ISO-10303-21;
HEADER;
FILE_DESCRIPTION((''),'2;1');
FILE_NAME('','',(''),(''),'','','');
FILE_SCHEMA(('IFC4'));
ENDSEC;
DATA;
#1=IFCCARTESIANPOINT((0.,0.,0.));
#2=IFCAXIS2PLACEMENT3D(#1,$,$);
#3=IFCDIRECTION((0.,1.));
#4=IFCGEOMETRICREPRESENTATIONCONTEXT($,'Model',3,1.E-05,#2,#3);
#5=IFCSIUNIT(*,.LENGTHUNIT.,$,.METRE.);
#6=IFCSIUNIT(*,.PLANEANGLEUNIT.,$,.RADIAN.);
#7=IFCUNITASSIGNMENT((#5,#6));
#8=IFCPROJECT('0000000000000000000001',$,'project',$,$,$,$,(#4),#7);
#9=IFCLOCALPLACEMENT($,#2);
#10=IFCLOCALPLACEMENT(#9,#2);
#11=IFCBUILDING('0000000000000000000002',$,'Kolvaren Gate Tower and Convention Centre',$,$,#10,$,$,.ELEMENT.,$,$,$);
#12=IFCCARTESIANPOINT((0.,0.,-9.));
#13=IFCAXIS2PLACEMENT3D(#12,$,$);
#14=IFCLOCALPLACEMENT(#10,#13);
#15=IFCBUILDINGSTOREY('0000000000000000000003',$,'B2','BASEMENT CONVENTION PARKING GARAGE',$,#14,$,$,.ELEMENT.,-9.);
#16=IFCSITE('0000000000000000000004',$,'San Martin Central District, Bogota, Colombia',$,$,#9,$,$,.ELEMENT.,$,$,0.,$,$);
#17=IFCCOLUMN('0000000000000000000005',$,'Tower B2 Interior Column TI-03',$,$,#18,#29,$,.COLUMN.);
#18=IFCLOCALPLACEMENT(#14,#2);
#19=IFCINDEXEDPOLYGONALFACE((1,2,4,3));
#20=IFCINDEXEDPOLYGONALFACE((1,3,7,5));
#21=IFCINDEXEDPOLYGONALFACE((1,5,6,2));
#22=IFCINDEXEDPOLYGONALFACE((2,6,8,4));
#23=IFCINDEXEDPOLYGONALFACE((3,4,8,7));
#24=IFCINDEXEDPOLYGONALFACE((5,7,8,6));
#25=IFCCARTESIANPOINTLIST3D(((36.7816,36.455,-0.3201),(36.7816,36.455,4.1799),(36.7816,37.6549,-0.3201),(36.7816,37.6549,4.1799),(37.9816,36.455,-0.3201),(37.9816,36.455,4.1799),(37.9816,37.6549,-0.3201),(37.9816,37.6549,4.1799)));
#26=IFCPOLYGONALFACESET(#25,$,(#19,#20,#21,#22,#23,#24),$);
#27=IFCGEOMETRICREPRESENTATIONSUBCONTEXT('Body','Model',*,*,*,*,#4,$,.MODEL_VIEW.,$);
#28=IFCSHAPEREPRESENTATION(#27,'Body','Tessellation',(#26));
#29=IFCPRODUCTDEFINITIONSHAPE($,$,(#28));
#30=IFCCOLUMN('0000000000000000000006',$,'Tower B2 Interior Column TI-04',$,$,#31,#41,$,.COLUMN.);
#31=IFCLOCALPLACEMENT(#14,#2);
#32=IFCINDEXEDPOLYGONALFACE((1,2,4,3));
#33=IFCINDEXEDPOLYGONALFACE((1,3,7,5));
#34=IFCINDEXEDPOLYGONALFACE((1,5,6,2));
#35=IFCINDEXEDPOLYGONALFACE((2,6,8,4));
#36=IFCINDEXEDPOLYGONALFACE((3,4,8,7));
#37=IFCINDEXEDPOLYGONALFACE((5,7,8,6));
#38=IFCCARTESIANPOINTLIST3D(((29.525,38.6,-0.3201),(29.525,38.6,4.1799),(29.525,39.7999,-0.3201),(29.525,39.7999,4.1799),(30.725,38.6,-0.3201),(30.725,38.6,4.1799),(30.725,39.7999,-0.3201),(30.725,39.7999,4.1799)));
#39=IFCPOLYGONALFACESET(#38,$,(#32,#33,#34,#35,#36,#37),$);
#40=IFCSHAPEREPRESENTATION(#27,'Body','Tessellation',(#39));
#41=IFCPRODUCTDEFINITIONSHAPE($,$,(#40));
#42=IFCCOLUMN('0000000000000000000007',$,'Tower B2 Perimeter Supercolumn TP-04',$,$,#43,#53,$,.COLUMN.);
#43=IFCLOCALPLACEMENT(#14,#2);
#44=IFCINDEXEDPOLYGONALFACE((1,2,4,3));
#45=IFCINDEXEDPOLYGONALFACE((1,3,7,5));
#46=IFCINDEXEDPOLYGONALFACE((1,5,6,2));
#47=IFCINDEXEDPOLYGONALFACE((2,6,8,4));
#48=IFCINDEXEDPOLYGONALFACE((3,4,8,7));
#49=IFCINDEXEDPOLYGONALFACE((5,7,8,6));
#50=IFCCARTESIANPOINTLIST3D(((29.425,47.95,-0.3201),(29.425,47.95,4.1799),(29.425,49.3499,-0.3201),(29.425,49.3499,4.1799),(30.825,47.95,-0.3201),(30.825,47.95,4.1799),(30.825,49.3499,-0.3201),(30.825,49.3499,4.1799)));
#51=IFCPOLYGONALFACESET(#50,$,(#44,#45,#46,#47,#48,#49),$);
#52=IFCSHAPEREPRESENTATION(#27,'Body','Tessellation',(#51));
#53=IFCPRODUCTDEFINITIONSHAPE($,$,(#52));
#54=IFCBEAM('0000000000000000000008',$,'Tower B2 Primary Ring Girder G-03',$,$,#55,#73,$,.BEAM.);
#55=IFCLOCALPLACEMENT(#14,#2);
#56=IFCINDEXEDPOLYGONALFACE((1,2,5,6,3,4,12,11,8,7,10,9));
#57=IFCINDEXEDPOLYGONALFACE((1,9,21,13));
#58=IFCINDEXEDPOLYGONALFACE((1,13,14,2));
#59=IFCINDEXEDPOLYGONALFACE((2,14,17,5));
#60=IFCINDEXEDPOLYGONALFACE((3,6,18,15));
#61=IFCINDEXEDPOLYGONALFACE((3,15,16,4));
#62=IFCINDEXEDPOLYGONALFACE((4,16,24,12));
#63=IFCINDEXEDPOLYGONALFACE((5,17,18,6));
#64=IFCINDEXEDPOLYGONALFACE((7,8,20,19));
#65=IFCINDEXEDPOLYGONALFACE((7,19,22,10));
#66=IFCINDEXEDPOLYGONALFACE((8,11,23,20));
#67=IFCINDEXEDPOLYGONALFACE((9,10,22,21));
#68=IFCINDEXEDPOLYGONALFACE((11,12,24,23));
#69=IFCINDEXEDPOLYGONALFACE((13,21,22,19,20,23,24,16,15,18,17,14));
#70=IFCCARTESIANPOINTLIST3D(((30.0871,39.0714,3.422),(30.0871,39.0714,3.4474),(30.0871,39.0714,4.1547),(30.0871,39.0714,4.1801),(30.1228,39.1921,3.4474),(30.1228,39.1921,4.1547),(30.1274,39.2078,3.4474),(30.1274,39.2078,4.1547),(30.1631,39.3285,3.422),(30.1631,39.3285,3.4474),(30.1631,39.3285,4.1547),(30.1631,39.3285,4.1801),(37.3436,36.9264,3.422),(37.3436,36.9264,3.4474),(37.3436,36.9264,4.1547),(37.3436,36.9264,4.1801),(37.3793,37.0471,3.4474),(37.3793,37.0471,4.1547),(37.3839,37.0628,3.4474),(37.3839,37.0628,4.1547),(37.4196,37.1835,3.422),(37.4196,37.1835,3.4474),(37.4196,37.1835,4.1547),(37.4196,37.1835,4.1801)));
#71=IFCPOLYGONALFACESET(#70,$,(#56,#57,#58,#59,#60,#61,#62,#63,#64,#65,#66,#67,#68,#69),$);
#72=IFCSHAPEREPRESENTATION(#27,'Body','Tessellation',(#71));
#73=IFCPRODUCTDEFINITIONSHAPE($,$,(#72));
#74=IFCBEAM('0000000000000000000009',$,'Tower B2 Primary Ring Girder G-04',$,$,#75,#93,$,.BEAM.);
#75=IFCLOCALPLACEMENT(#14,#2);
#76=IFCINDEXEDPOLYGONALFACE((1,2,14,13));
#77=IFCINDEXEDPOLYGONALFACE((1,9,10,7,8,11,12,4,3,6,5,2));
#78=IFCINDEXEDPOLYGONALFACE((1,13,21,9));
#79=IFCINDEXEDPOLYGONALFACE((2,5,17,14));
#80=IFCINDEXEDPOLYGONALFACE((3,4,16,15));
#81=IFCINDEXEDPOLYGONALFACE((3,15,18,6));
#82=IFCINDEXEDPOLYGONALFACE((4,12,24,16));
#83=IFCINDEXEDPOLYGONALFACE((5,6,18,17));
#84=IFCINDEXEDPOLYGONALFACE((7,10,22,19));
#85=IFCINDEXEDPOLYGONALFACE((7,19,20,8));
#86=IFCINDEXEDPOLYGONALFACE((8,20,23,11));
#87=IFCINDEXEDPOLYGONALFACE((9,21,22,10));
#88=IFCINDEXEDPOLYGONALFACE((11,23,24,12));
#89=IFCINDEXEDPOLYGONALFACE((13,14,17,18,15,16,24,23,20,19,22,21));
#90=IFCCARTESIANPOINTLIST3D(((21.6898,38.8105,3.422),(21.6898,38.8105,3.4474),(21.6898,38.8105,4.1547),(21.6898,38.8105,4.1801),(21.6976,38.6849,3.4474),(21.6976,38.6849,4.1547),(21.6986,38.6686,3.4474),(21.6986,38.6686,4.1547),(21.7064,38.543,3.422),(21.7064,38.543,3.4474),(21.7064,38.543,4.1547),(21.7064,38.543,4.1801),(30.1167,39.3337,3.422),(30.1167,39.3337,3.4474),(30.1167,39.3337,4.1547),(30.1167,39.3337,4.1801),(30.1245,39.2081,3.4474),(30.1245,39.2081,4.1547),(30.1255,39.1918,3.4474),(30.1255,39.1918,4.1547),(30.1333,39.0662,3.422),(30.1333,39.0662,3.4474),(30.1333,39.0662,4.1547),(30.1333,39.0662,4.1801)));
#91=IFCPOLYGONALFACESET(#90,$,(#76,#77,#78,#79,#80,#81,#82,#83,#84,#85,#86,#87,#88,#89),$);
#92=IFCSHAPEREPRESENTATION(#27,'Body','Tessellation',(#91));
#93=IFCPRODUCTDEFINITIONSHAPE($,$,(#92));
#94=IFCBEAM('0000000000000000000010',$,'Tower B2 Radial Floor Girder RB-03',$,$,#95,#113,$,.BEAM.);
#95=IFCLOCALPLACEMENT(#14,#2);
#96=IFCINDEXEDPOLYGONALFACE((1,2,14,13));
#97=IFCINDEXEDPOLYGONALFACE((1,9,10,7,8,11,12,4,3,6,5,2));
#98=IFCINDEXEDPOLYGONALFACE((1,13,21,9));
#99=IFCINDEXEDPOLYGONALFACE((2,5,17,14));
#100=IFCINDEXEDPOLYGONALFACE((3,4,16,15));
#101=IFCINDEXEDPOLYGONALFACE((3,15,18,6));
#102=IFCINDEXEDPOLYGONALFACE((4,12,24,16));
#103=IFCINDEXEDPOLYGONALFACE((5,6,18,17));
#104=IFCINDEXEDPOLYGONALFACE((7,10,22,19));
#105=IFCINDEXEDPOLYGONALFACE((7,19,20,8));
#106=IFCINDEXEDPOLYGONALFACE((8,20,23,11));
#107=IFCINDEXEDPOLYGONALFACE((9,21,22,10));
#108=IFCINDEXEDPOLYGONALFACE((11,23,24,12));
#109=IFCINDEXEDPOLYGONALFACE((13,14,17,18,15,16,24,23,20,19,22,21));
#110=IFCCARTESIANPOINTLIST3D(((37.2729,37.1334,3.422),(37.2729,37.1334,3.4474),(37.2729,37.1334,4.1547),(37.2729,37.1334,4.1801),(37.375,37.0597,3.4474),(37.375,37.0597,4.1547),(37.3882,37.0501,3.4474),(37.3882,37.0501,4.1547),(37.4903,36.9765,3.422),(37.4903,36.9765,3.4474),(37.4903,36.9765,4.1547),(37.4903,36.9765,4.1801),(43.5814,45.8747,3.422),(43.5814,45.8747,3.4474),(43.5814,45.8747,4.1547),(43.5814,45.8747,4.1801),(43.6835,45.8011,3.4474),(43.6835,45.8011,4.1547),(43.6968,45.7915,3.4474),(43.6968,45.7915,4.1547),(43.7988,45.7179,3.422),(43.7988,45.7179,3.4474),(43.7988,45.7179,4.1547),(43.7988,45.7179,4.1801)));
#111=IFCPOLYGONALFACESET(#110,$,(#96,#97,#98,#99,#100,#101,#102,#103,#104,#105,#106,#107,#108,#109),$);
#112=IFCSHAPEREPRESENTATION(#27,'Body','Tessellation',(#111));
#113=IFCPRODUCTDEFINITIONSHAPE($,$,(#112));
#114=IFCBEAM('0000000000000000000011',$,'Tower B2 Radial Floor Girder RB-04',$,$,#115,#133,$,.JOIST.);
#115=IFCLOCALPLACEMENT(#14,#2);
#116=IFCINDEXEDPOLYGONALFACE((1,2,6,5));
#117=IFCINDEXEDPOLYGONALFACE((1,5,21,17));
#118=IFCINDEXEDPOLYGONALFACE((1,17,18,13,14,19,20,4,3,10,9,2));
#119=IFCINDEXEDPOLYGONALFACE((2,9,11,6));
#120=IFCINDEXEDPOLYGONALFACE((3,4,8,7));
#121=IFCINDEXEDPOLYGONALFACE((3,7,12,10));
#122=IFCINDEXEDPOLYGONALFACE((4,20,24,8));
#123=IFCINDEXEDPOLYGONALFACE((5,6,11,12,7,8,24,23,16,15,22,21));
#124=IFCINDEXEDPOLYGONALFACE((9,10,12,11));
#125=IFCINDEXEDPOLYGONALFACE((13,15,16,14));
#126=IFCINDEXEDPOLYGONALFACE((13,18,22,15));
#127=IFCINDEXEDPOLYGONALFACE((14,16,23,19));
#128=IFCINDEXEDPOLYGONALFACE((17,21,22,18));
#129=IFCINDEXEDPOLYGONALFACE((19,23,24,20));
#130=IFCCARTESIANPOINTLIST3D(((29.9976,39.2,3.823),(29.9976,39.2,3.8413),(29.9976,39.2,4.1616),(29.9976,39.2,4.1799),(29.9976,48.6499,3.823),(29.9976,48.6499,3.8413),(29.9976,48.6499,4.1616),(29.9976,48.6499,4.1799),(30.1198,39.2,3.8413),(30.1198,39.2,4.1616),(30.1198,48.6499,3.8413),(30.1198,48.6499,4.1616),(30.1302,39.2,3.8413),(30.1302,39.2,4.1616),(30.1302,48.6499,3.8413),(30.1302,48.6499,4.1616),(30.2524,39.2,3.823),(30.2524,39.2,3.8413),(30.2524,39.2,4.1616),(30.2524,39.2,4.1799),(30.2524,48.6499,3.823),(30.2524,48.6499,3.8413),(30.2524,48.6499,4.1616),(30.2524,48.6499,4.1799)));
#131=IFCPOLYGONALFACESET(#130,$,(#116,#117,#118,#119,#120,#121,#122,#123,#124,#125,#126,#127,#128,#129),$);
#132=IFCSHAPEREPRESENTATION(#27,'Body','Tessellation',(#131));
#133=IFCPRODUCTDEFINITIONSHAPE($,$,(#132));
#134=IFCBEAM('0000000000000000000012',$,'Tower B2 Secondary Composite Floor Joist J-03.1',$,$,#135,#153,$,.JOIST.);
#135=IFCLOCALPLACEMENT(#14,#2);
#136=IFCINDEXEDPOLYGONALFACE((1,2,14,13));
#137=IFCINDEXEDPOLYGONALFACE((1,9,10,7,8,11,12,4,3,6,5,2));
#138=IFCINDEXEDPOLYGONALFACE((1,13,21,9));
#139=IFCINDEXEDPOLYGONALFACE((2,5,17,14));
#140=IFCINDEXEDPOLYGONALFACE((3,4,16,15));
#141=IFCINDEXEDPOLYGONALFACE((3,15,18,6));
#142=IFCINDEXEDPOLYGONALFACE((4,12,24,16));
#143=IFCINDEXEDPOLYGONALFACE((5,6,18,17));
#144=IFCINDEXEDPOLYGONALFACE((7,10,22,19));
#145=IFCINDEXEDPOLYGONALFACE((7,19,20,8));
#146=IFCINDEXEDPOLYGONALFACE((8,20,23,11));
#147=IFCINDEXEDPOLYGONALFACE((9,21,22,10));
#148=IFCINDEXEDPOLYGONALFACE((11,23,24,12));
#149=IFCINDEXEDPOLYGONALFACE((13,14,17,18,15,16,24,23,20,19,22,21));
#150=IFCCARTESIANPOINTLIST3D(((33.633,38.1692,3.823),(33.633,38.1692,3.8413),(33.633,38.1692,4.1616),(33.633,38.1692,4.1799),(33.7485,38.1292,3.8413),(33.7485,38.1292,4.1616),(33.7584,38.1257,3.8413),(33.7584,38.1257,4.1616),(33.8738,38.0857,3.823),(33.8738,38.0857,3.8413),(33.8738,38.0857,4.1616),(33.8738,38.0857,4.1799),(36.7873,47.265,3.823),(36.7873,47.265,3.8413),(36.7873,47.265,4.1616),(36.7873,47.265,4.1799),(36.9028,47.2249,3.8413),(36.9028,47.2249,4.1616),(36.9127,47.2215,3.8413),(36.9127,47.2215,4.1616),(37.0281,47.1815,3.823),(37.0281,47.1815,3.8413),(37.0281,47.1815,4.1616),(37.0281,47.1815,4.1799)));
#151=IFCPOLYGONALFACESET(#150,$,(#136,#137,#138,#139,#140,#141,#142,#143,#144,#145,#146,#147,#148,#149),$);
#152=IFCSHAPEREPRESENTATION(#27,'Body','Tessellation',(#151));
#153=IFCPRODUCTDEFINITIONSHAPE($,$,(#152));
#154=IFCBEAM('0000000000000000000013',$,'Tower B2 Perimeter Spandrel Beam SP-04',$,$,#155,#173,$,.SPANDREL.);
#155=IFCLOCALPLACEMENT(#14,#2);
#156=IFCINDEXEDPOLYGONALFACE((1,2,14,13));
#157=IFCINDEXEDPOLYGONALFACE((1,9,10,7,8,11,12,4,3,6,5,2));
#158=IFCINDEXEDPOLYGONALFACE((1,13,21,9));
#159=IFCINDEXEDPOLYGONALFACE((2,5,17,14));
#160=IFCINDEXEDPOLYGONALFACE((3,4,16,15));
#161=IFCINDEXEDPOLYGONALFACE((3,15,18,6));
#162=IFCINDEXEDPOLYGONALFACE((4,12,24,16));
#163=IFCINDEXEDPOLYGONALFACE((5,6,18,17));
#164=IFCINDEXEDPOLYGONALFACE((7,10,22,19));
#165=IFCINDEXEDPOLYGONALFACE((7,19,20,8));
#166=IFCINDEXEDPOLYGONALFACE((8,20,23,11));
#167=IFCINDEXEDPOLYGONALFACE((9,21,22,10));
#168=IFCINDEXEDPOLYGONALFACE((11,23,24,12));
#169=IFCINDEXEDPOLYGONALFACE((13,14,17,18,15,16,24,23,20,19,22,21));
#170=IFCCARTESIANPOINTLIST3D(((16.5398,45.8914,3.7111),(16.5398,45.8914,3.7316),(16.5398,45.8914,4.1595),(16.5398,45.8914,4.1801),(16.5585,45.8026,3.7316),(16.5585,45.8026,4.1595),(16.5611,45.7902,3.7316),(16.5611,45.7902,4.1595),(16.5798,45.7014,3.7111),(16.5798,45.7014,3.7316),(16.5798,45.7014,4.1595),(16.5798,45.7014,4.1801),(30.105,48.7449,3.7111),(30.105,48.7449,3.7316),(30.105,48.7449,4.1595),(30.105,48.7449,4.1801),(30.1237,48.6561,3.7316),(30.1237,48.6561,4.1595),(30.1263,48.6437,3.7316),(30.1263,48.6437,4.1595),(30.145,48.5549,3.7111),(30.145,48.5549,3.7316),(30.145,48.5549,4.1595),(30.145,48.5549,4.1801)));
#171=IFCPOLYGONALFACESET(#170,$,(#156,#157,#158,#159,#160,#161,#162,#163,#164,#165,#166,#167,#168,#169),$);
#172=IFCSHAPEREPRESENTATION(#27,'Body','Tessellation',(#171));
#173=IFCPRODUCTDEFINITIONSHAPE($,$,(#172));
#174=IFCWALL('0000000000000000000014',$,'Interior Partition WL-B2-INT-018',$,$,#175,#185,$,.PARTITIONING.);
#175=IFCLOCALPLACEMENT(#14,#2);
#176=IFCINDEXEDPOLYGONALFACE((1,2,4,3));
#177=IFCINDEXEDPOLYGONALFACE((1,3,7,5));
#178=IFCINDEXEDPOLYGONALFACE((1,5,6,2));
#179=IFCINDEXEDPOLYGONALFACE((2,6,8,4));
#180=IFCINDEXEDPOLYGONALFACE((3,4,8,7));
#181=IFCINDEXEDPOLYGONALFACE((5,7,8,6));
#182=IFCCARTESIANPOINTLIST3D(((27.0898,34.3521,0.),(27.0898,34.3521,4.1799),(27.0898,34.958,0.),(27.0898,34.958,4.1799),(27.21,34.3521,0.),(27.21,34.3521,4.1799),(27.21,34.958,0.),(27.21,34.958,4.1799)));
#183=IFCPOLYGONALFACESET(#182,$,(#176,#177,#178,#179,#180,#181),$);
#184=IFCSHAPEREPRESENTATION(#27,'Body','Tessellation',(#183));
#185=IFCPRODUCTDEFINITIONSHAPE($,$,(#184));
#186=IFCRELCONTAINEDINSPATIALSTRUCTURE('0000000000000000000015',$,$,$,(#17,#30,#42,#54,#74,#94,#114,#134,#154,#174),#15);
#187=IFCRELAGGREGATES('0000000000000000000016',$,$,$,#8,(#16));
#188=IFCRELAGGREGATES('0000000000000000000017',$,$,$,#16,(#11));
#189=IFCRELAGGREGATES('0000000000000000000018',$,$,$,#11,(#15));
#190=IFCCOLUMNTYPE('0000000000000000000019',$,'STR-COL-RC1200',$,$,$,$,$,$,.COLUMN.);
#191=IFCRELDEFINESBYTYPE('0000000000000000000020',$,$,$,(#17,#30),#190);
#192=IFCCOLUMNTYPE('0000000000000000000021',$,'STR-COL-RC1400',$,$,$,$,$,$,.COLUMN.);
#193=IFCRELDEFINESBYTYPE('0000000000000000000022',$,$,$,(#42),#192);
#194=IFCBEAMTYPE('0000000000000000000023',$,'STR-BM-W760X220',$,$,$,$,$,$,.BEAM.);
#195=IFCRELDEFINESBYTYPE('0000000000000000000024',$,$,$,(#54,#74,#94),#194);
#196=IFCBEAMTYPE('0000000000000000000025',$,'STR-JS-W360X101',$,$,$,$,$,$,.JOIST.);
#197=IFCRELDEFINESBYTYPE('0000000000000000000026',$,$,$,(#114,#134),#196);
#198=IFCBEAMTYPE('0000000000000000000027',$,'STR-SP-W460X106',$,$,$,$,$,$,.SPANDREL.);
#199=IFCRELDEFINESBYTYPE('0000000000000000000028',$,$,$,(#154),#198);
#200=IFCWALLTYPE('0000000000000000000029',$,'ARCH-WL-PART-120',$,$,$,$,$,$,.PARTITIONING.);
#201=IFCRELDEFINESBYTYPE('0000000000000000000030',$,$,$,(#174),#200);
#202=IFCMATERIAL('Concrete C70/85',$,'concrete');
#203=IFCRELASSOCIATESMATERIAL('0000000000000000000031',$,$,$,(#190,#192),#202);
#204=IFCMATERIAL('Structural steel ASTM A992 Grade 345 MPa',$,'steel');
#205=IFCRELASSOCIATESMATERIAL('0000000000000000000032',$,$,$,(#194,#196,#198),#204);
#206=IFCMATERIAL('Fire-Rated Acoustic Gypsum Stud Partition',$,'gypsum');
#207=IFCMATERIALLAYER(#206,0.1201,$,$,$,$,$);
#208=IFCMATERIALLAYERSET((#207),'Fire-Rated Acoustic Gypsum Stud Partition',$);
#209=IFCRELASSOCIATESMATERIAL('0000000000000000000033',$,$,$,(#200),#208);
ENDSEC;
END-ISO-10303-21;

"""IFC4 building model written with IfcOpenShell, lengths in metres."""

from ifc_helpers import new_model, si_unit, direction, frame, frame_2d, origin, origin_2d, place, context, subcontext, project, spatial, rectangle, i_section, extrude, material, layer, layer_set, material_profile, profile_set, type_object, element, save


model = new_model("IFC4")

# Units and contexts
model_context = context("Model", 3, precision=1e-05, world=origin(), true_north=direction((0.0, 1.0)))
body_context = subcontext(model_context, "Body", "Model", "MODEL_VIEW")
ifc_project = project(units=[si_unit("LENGTHUNIT", "METRE"), si_unit("PLANEANGLEUNIT", "RADIAN")], contexts=[model_context])

# Site, building, storey
site_placement = place(None, origin())
site = spatial("IfcSite", under=ifc_project, at=site_placement, Name="San Martin Central District, Bogota, Colombia", CompositionType="ELEMENT", RefElevation=0.0)
building_placement = place(site_placement, origin())
building = spatial("IfcBuilding", under=site, at=building_placement, Name="Kolvaren Gate Tower and Convention Centre", CompositionType="ELEMENT")
storey_placement = place(building_placement, frame((0.0, 0.0, -9.0)))
storey = spatial("IfcBuildingStorey", under=building, at=storey_placement, Name="B2", Description="BASEMENT CONVENTION PARKING GARAGE", CompositionType="ELEMENT", Elevation=-9.0)

# Columns
ifc_material_1 = material(Name="Concrete C70/85", Category="concrete")
ifc_material_profile_1 = material_profile(ifc_material_1, rectangle(XDim=1.2, YDim=1.2, at=origin_2d()), Name="RC-COL-1200X1200")
ifc_profile_set_1 = profile_set([ifc_material_profile_1], Name="Concrete C70/85")
column_type_1 = type_object("IfcColumnType", Name="STR-COL-RC1200", PredefinedType="COLUMN", material=ifc_profile_set_1)
for number, where, z_axis, x_axis, name in (
    (1, (37.3816, 37.0549, -0.3201), (0.0, 0.0, 1.0), (1.0, 0.0, 0.0), "Tower B2 Interior Column TI-03"),
    (2, (30.125, 39.2, -0.3201), (0.0, 0.0, 1.0), (1.0, 0.0, 0.0), "Tower B2 Interior Column TI-04"),
):
    element("IfcColumn", number, at=place(storey_placement, frame(where, z_axis=z_axis, x_axis=x_axis)), inside=storey, type_object=column_type_1, Name=name, PredefinedType="COLUMN", context=body_context, shape_type="SweptSolid", body=[
        extrude(rectangle(XDim=1.2, YDim=1.2, at=origin_2d()), origin(), (0.0, 0.0, 1.0), 4.5),
    ])
ifc_material_profile_2 = material_profile(ifc_material_1, rectangle(XDim=1.3999, YDim=1.3999, at=origin_2d()), Name="RC-COL-1400X1400")
ifc_profile_set_2 = profile_set([ifc_material_profile_2], Name="Concrete C70/85")
column_type_2 = type_object("IfcColumnType", Name="STR-COL-RC1400", PredefinedType="COLUMN", material=ifc_profile_set_2)
column_placement = place(storey_placement, frame((30.125, 48.6499, -0.3201), z_axis=(0.0, 0.0, 1.0), x_axis=(1.0, 0.0, 0.0)))
element("IfcColumn", 3, at=column_placement, inside=storey, type_object=column_type_2, Name="Tower B2 Perimeter Supercolumn TP-04", PredefinedType="COLUMN", context=body_context, shape_type="SweptSolid", body=[
    extrude(rectangle(XDim=1.3999, YDim=1.3999, at=origin_2d()), origin(), (0.0, 0.0, 1.0), 4.5),
])

# Beams
ifc_material_2 = material(Name="Structural steel ASTM A992 Grade 345 MPa", Category="steel")
ifc_material_profile_3 = material_profile(ifc_material_2, i_section(OverallWidth=0.2681, OverallDepth=0.7581, WebThickness=0.0164, FlangeThickness=0.0254, at=origin_2d()), Name="W760X220")
ifc_profile_set_3 = profile_set([ifc_material_profile_3], Name="Structural steel ASTM A992 Grade 345 MPa")
beam_type_1 = type_object("IfcBeamType", Name="STR-BM-W760X220", PredefinedType="BEAM", material=ifc_profile_set_3)
beam_1_placement = place(storey_placement, frame((37.3816, 37.0549, 3.801), z_axis=(-0.958981, 0.283471, 0.0), x_axis=(-0.283471, -0.958981, 0.0)))
element("IfcBeam", 4, at=beam_1_placement, inside=storey, type_object=beam_type_1, Name="Tower B2 Primary Ring Girder G-03", PredefinedType="BEAM", context=body_context, shape_type="SweptSolid", body=[
    extrude(i_section(OverallWidth=0.2681, OverallDepth=0.7581, WebThickness=0.0164, FlangeThickness=0.0254, at=origin_2d()), origin(), (0.0, 0.0, 1.0), 7.5669),
])
beam_2_placement = place(storey_placement, frame((30.125, 39.2, 3.801), z_axis=(-0.998078, -0.061966, 0.0), x_axis=(0.061966, -0.998078, 0.0)))
element("IfcBeam", 5, at=beam_2_placement, inside=storey, type_object=beam_type_1, Name="Tower B2 Primary Ring Girder G-04", PredefinedType="BEAM", context=body_context, shape_type="SweptSolid", body=[
    extrude(i_section(OverallWidth=0.2681, OverallDepth=0.7581, WebThickness=0.0164, FlangeThickness=0.0254, at=origin_2d()), origin(), (0.0, 0.0, 1.0), 8.4431),
])
beam_3_placement = place(storey_placement, frame((37.3816, 37.0549, 3.801), z_axis=(0.585205, 0.810885, 0.0), x_axis=(-0.810885, 0.585205, 0.0)))
element("IfcBeam", 6, at=beam_3_placement, inside=storey, type_object=beam_type_1, Name="Tower B2 Radial Floor Girder RB-03", PredefinedType="BEAM", context=body_context, shape_type="SweptSolid", body=[
    extrude(i_section(OverallWidth=0.2681, OverallDepth=0.7581, WebThickness=0.0164, FlangeThickness=0.0254, at=origin_2d()), origin(), (0.0, 0.0, 1.0), 10.78),
])
ifc_material_profile_4 = material_profile(ifc_material_2, i_section(OverallWidth=0.2549, OverallDepth=0.3569, WebThickness=0.0105, FlangeThickness=0.0183, at=origin_2d()), Name="W360X101")
ifc_profile_set_4 = profile_set([ifc_material_profile_4], Name="Structural steel ASTM A992 Grade 345 MPa")
beam_type_2 = type_object("IfcBeamType", Name="STR-JS-W360X101", PredefinedType="JOIST", material=ifc_profile_set_4)
beam_4_placement = place(storey_placement, frame((30.125, 39.2, 4.0015), z_axis=(0.0, 1.0, 0.0), x_axis=(-1.0, 0.0, 0.0)))
element("IfcBeam", 7, at=beam_4_placement, inside=storey, type_object=beam_type_2, Name="Tower B2 Radial Floor Girder RB-04", PredefinedType="JOIST", context=body_context, shape_type="SweptSolid", body=[
    extrude(i_section(OverallWidth=0.2549, OverallDepth=0.3569, WebThickness=0.0105, FlangeThickness=0.0183, at=origin_2d()), origin(), (0.0, 0.0, 1.0), 9.45),
])
beam_5_placement = place(storey_placement, frame((33.7534, 38.1274, 4.0015), z_axis=(0.327647, 0.9448, 0.0), x_axis=(-0.9448, 0.327647, 0.0)))
element("IfcBeam", 8, at=beam_5_placement, inside=storey, type_object=beam_type_2, Name="Tower B2 Secondary Composite Floor Joist J-03.1", PredefinedType="JOIST", context=body_context, shape_type="SweptSolid", body=[
    extrude(i_section(OverallWidth=0.2549, OverallDepth=0.3569, WebThickness=0.0105, FlangeThickness=0.0183, at=origin_2d()), origin(), (0.0, 0.0, 1.0), 9.6272),
])
ifc_material_profile_5 = material_profile(ifc_material_2, i_section(OverallWidth=0.1941, OverallDepth=0.469, WebThickness=0.0127, FlangeThickness=0.0205, at=origin_2d()), Name="W460X106")
ifc_profile_set_5 = profile_set([ifc_material_profile_5], Name="Structural steel ASTM A992 Grade 345 MPa")
beam_type_3 = type_object("IfcBeamType", Name="STR-SP-W460X106", PredefinedType="SPANDREL", material=ifc_profile_set_5)
beam_6_placement = place(storey_placement, frame((30.125, 48.6499, 3.9456), z_axis=(-0.978583, -0.205851, 0.0), x_axis=(0.205851, -0.978583, 0.0)))
element("IfcBeam", 9, at=beam_6_placement, inside=storey, type_object=beam_type_3, Name="Tower B2 Perimeter Spandrel Beam SP-04", PredefinedType="SPANDREL", context=body_context, shape_type="SweptSolid", body=[
    extrude(i_section(OverallWidth=0.1941, OverallDepth=0.469, WebThickness=0.0127, FlangeThickness=0.0205, at=origin_2d()), origin(), (0.0, 0.0, 1.0), 13.8621),
])

# Wall
ifc_material_3 = material(Name="Fire-Rated Acoustic Gypsum Stud Partition", Category="gypsum")
ifc_layer_1 = layer(ifc_material_3, 0.1201)
ifc_layer_set_1 = layer_set([ifc_layer_1], Name="Fire-Rated Acoustic Gypsum Stud Partition")
wall_type_1 = type_object("IfcWallType", Name="ARCH-WL-PART-120", PredefinedType="PARTITIONING", material=ifc_layer_set_1)
wall_1_placement = place(storey_placement, frame((27.1499, 34.3521, 0.0), z_axis=(0.0, 0.0, 1.0), x_axis=(0.0, 1.0, 0.0)))
element("IfcWall", 10, at=wall_1_placement, inside=storey, type_object=wall_type_1, Name="Interior Partition WL-B2-INT-018", PredefinedType="PARTITIONING", context=body_context, shape_type="SweptSolid", body=[
    extrude(rectangle(XDim=0.606, YDim=0.1201, at=frame_2d((0.303, 0.0))), origin(), (0.0, 0.0, 1.0), 4.1799),
])

save(model, "model.ifc")
